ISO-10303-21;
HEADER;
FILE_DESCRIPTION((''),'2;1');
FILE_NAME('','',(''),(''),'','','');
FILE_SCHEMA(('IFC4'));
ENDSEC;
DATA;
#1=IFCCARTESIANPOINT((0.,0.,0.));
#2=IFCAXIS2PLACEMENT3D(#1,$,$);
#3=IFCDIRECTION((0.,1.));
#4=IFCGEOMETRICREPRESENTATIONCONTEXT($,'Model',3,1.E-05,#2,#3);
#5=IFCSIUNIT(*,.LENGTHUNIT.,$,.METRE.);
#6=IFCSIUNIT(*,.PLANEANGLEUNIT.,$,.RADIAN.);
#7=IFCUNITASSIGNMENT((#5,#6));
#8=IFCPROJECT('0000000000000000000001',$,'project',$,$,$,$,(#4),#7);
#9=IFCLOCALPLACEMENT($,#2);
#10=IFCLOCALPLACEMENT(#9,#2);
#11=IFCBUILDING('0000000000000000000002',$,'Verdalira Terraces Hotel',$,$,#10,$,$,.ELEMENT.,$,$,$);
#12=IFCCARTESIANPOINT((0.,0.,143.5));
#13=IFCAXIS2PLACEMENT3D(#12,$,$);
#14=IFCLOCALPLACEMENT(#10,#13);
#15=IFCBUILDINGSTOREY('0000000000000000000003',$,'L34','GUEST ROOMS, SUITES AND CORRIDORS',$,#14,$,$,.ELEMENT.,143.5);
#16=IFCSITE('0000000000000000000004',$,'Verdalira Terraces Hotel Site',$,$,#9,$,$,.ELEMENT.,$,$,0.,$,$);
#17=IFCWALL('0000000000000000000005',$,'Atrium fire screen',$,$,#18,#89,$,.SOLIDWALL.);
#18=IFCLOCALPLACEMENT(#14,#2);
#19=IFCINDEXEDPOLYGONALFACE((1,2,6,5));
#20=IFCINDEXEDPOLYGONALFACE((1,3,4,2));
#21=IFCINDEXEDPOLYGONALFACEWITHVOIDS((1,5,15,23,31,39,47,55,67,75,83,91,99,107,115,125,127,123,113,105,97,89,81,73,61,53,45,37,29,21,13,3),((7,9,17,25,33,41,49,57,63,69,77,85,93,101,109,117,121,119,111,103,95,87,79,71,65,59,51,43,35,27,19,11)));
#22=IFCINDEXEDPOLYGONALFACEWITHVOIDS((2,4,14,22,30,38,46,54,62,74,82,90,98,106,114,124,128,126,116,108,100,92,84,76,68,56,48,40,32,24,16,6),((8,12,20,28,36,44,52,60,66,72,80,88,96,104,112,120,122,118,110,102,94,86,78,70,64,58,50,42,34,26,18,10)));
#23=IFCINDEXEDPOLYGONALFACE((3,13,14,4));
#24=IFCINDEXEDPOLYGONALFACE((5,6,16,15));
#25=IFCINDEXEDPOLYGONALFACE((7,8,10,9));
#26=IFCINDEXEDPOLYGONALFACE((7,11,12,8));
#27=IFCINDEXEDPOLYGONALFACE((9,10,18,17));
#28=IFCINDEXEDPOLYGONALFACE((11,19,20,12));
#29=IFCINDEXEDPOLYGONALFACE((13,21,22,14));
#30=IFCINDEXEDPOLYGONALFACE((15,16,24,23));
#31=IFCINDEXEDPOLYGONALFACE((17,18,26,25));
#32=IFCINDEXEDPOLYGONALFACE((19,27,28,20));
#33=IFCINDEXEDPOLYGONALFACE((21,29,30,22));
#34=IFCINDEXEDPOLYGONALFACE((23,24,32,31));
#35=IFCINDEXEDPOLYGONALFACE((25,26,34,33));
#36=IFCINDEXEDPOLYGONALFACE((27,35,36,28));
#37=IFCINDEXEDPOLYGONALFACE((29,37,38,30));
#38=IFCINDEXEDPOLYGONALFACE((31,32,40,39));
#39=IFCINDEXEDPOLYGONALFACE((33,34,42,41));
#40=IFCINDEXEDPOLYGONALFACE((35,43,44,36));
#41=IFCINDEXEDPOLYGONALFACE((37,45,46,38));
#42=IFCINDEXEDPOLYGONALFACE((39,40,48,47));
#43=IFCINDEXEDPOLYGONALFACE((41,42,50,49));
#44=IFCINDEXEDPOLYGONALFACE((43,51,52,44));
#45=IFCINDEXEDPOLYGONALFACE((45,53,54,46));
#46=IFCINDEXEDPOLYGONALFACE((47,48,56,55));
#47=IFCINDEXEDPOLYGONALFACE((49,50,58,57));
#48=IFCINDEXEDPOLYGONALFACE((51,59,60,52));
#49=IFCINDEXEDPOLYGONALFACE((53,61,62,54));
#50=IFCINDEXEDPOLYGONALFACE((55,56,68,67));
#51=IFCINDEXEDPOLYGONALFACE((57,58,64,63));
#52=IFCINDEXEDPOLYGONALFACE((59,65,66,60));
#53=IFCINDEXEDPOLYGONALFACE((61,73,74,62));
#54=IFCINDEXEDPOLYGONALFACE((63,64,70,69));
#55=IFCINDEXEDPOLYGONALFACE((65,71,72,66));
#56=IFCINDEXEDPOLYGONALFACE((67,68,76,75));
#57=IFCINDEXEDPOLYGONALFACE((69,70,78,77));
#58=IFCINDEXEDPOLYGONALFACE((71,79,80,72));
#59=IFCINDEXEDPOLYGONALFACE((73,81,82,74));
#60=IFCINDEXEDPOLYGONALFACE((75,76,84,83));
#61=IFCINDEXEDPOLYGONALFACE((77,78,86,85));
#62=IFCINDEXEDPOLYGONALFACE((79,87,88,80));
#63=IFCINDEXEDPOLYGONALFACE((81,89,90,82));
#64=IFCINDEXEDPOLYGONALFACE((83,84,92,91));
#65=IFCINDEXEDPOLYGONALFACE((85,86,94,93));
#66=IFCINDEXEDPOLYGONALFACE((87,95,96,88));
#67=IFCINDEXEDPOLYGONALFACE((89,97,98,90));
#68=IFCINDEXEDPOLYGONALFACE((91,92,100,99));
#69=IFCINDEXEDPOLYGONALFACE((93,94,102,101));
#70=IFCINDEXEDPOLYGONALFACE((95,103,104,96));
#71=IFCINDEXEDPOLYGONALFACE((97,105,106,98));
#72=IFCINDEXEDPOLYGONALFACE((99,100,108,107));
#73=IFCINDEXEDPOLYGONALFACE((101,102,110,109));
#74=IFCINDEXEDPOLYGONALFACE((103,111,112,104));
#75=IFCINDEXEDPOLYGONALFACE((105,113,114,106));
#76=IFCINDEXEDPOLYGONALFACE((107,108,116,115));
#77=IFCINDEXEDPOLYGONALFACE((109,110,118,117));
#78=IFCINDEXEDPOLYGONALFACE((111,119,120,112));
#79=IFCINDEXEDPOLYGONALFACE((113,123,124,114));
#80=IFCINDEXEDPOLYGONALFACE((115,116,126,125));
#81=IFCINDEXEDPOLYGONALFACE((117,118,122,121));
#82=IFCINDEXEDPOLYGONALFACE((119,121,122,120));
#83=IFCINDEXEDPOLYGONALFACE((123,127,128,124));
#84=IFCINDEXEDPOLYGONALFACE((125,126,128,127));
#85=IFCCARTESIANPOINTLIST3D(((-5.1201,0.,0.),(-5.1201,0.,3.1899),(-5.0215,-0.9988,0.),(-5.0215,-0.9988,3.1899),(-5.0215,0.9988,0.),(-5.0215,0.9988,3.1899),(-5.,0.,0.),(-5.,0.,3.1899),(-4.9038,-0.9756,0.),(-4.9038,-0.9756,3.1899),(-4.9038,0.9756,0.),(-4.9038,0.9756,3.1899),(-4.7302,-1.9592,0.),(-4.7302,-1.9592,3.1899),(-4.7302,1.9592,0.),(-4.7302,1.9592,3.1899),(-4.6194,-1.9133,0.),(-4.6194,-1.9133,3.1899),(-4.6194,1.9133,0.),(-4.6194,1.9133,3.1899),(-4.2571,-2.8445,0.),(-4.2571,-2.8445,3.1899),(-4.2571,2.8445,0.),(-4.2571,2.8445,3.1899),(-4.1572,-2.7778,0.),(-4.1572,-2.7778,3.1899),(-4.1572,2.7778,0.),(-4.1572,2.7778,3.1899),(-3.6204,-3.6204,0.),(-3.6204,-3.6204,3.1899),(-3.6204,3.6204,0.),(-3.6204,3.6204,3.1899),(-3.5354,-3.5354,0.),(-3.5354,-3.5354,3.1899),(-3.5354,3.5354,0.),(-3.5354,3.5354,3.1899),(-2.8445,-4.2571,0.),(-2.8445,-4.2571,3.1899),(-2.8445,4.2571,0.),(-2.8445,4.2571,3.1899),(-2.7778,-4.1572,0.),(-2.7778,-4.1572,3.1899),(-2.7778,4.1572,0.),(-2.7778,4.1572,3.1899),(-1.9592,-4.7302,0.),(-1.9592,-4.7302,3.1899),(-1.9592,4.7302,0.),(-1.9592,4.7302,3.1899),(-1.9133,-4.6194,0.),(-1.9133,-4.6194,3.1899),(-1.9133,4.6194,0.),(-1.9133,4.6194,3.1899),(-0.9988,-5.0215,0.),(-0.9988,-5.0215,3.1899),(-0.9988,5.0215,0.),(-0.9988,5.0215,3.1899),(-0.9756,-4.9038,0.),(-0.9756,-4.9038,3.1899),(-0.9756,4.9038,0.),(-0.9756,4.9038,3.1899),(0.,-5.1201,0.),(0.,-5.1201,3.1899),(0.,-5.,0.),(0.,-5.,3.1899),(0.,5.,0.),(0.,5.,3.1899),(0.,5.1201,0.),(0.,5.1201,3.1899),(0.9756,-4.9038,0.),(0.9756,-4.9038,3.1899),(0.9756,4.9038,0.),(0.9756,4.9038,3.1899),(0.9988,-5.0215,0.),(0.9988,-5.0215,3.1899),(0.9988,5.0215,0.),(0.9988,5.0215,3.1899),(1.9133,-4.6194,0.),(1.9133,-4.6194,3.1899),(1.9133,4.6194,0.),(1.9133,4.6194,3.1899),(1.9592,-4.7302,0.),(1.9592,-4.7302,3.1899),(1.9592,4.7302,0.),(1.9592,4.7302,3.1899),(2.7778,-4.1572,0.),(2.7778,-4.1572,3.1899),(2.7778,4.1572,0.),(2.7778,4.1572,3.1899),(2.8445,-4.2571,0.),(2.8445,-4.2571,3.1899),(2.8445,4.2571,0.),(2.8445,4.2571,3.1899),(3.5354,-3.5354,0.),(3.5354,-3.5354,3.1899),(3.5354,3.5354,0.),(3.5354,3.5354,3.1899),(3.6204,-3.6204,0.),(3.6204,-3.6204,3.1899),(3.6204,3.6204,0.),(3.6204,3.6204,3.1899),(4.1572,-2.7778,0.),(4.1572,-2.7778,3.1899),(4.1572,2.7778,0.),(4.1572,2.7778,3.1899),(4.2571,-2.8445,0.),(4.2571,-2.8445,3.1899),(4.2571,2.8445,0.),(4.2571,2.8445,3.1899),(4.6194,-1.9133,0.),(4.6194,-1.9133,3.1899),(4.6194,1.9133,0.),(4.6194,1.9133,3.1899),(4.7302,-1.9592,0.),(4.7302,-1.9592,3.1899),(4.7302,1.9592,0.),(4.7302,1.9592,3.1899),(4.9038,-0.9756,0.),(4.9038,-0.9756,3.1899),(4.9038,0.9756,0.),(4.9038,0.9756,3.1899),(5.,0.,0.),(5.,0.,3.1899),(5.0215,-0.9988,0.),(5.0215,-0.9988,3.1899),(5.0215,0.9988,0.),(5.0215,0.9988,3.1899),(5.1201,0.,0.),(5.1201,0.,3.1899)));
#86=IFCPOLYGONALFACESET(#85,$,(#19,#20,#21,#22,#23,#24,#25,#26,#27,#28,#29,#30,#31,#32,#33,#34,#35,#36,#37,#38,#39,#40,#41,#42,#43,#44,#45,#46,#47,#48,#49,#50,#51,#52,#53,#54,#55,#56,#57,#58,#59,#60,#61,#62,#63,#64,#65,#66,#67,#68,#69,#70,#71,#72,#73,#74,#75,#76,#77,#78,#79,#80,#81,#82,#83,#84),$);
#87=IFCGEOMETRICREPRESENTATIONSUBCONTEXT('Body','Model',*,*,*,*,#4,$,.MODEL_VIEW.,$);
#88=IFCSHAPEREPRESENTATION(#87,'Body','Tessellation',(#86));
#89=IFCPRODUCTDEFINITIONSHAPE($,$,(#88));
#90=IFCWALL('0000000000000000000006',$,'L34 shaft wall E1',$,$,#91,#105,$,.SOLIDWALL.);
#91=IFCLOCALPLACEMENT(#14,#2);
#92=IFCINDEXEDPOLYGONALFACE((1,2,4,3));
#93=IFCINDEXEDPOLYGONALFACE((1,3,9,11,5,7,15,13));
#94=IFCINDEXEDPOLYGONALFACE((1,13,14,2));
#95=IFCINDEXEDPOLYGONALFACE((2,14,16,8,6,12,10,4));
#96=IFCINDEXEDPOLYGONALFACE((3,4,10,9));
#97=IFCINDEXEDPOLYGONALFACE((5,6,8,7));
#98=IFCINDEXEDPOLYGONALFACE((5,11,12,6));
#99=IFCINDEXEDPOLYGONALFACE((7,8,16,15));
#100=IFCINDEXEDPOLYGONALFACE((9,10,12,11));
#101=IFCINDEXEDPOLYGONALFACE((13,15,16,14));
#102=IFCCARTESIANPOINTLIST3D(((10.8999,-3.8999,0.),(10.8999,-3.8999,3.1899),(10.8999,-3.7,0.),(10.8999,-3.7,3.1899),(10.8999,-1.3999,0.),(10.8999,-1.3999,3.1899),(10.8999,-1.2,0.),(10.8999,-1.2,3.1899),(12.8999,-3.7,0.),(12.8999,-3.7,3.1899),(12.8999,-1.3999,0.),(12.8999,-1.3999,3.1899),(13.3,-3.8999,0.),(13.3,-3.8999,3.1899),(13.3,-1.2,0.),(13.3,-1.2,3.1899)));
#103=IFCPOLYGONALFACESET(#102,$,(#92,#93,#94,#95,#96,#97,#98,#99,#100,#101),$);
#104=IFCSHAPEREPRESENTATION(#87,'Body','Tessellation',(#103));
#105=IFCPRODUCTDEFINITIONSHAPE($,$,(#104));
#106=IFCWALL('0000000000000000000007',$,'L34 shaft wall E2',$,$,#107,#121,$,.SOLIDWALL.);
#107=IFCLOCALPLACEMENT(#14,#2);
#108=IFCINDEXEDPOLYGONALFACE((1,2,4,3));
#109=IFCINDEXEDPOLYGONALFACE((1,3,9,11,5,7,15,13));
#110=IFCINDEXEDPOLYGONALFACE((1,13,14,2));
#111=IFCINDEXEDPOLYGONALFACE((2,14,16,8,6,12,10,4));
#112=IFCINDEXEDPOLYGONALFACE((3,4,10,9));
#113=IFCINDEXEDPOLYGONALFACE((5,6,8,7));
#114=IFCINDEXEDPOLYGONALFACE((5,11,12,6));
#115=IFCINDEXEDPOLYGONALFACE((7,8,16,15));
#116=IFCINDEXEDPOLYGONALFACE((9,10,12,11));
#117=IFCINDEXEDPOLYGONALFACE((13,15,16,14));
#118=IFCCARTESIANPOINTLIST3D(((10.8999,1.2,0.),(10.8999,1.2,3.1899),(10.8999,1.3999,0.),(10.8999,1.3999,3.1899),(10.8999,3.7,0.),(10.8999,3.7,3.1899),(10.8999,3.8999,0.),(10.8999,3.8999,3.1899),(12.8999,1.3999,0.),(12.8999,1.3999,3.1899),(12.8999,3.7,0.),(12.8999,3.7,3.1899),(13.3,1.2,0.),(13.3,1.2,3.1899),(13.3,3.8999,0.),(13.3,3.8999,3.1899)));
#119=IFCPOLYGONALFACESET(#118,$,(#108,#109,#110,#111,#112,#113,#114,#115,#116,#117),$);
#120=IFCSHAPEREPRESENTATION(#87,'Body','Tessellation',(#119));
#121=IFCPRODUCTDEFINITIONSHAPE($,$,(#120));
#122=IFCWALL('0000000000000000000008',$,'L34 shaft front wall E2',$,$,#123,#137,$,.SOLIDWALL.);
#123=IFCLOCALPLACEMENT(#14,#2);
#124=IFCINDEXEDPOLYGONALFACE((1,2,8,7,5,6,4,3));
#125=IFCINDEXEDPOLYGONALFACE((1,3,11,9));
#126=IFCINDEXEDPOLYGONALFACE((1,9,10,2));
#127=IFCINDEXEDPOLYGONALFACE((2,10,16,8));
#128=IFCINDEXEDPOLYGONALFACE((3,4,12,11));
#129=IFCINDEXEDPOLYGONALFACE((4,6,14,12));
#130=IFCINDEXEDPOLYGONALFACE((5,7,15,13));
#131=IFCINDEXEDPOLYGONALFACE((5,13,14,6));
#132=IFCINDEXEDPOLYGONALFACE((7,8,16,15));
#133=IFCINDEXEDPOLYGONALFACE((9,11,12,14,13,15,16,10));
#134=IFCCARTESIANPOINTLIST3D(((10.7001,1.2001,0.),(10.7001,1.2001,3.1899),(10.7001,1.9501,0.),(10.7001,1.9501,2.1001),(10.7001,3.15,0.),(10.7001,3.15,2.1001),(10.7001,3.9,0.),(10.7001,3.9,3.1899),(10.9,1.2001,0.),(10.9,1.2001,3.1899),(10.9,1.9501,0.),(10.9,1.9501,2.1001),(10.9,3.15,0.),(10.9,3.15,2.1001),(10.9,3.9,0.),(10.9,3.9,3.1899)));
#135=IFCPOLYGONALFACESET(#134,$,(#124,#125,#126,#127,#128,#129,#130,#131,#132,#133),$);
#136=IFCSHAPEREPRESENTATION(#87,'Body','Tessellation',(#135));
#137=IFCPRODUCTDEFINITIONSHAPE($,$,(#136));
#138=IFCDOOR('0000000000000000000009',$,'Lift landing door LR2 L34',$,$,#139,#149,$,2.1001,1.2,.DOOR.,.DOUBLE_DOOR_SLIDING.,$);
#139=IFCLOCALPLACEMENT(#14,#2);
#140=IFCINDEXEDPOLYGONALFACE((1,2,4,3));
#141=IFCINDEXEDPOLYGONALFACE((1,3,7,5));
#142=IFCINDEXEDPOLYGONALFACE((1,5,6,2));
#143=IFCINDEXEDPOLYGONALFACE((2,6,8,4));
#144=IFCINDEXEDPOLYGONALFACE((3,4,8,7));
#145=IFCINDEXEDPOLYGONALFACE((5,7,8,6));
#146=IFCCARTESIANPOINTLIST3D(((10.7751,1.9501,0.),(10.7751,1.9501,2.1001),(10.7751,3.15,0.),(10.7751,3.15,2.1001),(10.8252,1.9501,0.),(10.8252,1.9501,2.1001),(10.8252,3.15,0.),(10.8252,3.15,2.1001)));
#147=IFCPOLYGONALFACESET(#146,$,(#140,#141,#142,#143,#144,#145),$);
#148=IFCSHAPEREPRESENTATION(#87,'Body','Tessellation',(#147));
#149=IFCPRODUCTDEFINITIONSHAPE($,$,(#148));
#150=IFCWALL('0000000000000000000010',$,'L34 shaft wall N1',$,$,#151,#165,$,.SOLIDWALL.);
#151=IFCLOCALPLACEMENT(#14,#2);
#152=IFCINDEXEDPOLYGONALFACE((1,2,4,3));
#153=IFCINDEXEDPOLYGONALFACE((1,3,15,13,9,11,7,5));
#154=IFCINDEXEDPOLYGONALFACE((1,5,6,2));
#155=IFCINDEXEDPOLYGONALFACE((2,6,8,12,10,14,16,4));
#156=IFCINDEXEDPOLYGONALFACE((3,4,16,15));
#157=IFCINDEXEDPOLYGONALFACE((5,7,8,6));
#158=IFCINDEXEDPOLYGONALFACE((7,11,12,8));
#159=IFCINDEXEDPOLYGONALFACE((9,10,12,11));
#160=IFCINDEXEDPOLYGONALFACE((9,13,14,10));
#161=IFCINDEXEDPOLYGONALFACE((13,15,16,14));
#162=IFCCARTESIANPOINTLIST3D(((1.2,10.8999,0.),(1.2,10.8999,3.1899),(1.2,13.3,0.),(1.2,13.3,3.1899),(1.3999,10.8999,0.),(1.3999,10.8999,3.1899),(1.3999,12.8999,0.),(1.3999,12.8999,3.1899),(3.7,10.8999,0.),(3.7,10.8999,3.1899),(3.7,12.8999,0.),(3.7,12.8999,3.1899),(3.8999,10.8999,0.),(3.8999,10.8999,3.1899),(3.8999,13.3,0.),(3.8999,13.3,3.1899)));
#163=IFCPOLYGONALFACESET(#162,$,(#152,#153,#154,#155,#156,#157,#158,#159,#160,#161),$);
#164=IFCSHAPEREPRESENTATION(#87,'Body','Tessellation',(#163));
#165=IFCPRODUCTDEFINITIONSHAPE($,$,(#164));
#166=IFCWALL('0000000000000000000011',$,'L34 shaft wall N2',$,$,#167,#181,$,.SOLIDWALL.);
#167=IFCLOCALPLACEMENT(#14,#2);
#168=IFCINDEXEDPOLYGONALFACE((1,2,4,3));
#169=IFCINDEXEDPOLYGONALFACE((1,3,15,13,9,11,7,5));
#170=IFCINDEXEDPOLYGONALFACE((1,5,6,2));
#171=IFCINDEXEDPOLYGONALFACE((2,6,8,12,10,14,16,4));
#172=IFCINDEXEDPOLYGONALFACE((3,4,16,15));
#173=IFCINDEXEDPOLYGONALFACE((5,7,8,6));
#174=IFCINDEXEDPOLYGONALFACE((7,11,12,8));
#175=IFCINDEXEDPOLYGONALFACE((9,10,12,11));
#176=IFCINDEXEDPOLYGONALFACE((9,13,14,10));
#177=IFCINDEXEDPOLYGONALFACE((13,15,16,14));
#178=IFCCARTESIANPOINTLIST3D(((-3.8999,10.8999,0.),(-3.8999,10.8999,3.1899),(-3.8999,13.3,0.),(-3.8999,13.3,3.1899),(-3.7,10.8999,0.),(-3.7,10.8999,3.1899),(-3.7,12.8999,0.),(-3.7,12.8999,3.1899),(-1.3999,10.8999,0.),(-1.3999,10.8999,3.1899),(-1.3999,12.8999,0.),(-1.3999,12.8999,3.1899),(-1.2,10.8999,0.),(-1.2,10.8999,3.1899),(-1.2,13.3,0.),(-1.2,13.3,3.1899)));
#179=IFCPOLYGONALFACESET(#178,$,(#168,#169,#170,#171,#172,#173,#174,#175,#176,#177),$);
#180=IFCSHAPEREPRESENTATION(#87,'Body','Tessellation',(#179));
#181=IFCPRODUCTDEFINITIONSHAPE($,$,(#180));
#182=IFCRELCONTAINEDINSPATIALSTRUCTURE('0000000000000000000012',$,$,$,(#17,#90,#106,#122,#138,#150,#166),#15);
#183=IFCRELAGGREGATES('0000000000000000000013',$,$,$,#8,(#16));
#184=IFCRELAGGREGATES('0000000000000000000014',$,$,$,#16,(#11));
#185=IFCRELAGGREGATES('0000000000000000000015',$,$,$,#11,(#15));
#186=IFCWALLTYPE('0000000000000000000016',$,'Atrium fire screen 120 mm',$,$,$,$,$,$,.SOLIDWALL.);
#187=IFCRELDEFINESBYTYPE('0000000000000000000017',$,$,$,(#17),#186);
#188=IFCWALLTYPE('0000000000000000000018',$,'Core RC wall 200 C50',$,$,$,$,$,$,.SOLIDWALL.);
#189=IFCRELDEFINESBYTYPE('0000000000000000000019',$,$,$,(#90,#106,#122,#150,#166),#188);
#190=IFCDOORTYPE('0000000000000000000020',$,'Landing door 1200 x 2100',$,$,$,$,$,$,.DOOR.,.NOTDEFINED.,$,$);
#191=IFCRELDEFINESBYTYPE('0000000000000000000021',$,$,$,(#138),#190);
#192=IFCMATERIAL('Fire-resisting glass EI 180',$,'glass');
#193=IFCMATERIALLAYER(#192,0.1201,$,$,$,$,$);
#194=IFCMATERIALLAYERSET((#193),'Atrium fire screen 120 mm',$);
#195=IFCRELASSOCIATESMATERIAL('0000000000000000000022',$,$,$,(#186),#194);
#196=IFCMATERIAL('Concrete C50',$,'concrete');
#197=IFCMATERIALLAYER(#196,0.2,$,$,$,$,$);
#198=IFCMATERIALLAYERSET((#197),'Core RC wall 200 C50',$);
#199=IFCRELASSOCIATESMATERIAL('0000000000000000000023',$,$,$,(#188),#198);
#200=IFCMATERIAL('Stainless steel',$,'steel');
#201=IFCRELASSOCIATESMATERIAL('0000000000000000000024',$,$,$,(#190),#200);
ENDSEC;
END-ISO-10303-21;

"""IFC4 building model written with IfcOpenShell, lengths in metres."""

from ifc_helpers import new_model, si_unit, direction, frame, frame_2d, origin, place, context, subcontext, project, spatial, polyline, rectangle, outline, extrude, material, layer, layer_set, type_object, element, fill, save


model = new_model("IFC4")

# Units and contexts
model_context = context("Model", 3, precision=1e-05, world=origin(), true_north=direction((0.0, 1.0)))
body_context = subcontext(model_context, "Body", "Model", "MODEL_VIEW")
ifc_project = project(units=[si_unit("LENGTHUNIT", "METRE"), si_unit("PLANEANGLEUNIT", "RADIAN")], contexts=[model_context])

# Site, building, storey
site_placement = place(None, origin())
site = spatial("IfcSite", under=ifc_project, at=site_placement, Name="Verdalira Terraces Hotel Site", CompositionType="ELEMENT", RefElevation=0.0)
building_placement = place(site_placement, origin())
building = spatial("IfcBuilding", under=site, at=building_placement, Name="Verdalira Terraces Hotel", CompositionType="ELEMENT")
storey_placement = place(building_placement, frame((0.0, 0.0, 143.5)))
storey = spatial("IfcBuildingStorey", under=building, at=storey_placement, Name="L34", Description="GUEST ROOMS, SUITES AND CORRIDORS", CompositionType="ELEMENT", Elevation=143.5)

# Walls
ifc_material_1 = material(Name="Fire-resisting glass EI 180", Category="glass")
ifc_layer_1 = layer(ifc_material_1, 0.1201)
ifc_layer_set_1 = layer_set([ifc_layer_1], Name="Atrium fire screen 120 mm")
wall_type_1 = type_object("IfcWallType", Name="Atrium fire screen 120 mm", PredefinedType="SOLIDWALL", material=ifc_layer_set_1)
wall_1_placement = place(storey_placement, origin())
element("IfcWall", 1, at=wall_1_placement, inside=storey, type_object=wall_type_1, Name="Atrium fire screen", PredefinedType="SOLIDWALL", context=body_context, shape_type="SweptSolid", body=[
    extrude(outline(polyline([(5.0215, -0.9988), (4.7302, -1.9592), (4.2571, -2.8445), (3.6204, -3.6204), (2.8445, -4.2571), (1.9592, -4.7302), (0.9988, -5.0215), (0.0, -5.1201), (-0.9988, -5.0215), (-1.9592, -4.7302), (-2.8445, -4.2571), (-3.6204, -3.6204), (-4.2571, -2.8445), (-4.7302, -1.9592), (-5.0215, -0.9988), (-5.1201, 0.0), (-5.0215, 0.9988), (-4.7302, 1.9592), (-4.2571, 2.8445), (-3.6204, 3.6204), (-2.8445, 4.2571), (-1.9592, 4.7302), (-0.9988, 5.0215), (0.0, 5.1201), (0.9988, 5.0215), (1.9592, 4.7302), (2.8445, 4.2571), (3.6204, 3.6204), (4.2571, 2.8445), (4.7302, 1.9592), (5.0215, 0.9988), (5.1201, 0.0), (5.0215, -0.9988)]), holes=[polyline([(4.9038, 0.9756), (4.6194, 1.9133), (4.1572, 2.7778), (3.5354, 3.5354), (2.7778, 4.1572), (1.9133, 4.6194), (0.9756, 4.9038), (0.0, 5.0), (-0.9756, 4.9038), (-1.9133, 4.6194), (-2.7778, 4.1572), (-3.5354, 3.5354), (-4.1572, 2.7778), (-4.6194, 1.9133), (-4.9038, 0.9756), (-5.0, 0.0), (-4.9038, -0.9756), (-4.6194, -1.9133), (-4.1572, -2.7778), (-3.5354, -3.5354), (-2.7778, -4.1572), (-1.9133, -4.6194), (-0.9756, -4.9038), (0.0, -5.0), (0.9756, -4.9038), (1.9133, -4.6194), (2.7778, -4.1572), (3.5354, -3.5354), (4.1572, -2.7778), (4.6194, -1.9133), (4.9038, -0.9756), (5.0, 0.0), (4.9038, 0.9756)])]), origin(), (0.0, 0.0, 1.0), 3.1899),
])
ifc_material_2 = material(Name="Concrete C50", Category="concrete")
ifc_layer_2 = layer(ifc_material_2, 0.2)
ifc_layer_set_2 = layer_set([ifc_layer_2], Name="Core RC wall 200 C50")
wall_type_2 = type_object("IfcWallType", Name="Core RC wall 200 C50", PredefinedType="SOLIDWALL", material=ifc_layer_set_2)
wall_2_placement = place(storey_placement, origin())
element("IfcWall", 2, at=wall_2_placement, inside=storey, type_object=wall_type_2, Name="L34 shaft wall E1", PredefinedType="SOLIDWALL", context=body_context, shape_type="SweptSolid", body=[
    extrude(outline(polyline([(13.3, -3.8999), (10.8999, -3.8999), (10.8999, -3.7), (12.8999, -3.7), (12.8999, -1.3999), (10.8999, -1.3999), (10.8999, -1.2), (13.3, -1.2), (13.3, -3.8999)])), origin(), (0.0, 0.0, 1.0), 3.1899),
])
wall_3_placement = place(storey_placement, origin())
element("IfcWall", 3, at=wall_3_placement, inside=storey, type_object=wall_type_2, Name="L34 shaft wall E2", PredefinedType="SOLIDWALL", context=body_context, shape_type="SweptSolid", body=[
    extrude(outline(polyline([(13.3, 3.8999), (13.3, 1.2), (10.8999, 1.2), (10.8999, 1.3999), (12.8999, 1.3999), (12.8999, 3.7), (10.8999, 3.7), (10.8999, 3.8999), (13.3, 3.8999)])), origin(), (0.0, 0.0, 1.0), 3.1899),
])

# Wall, opening, door
wall_4_placement = place(storey_placement, frame((10.8, 1.2, 0.0), z_axis=(0.0, 0.0, 1.0), x_axis=(0.0, 1.0, 0.0)))
wall_4 = element("IfcWall", 4, at=wall_4_placement, inside=storey, type_object=wall_type_2, Name="L34 shaft front wall E2", PredefinedType="SOLIDWALL", context=body_context, shape_type="SweptSolid", body=[
    extrude(rectangle(XDim=2.7, YDim=0.2, at=frame_2d((1.3501, 0.0))), origin(), (0.0, 0.0, 1.0), 3.1899),
])
opening_1_placement = place(wall_4_placement, frame((0.75, 0.0, 0.0)))
opening_1 = element("IfcOpeningElement", 5, at=opening_1_placement, cuts=wall_4, PredefinedType="OPENING", context=body_context, shape_type="SweptSolid", body=[
    extrude(rectangle(XDim=1.2, YDim=2.1001, at=frame_2d((0.6001, 1.05))), frame((0.0, 0.1099, 0.0), z_axis=(0.0, -1.0, 0.0), x_axis=(1.0, 0.0, 0.0)), (0.0, 0.0, 1.0), 0.22),
])
ifc_material_3 = material(Name="Stainless steel", Category="steel")
door_type_1 = type_object("IfcDoorType", Name="Landing door 1200 x 2100", OperationType="NOTDEFINED", PredefinedType="DOOR", material=ifc_material_3)
door_1_placement = place(opening_1_placement, origin())
door_1 = element("IfcDoor", 6, at=door_1_placement, inside=storey, type_object=door_type_1, Name="Lift landing door LR2 L34", OperationType="DOUBLE_DOOR_SLIDING", OverallHeight=2.1001, OverallWidth=1.2, PredefinedType="DOOR", context=body_context, shape_type="SweptSolid", body=[
    extrude(rectangle(XDim=1.2, YDim=2.1001, at=frame_2d((0.6001, 1.05))), frame((0.0, 0.0249, 0.0), z_axis=(0.0, -1.0, 0.0), x_axis=(1.0, 0.0, 0.0)), (0.0, 0.0, 1.0), 0.05),
])
fill(opening_1, door_1)

# Walls
wall_5_placement = place(storey_placement, origin())
element("IfcWall", 7, at=wall_5_placement, inside=storey, type_object=wall_type_2, Name="L34 shaft wall N1", PredefinedType="SOLIDWALL", context=body_context, shape_type="SweptSolid", body=[
    extrude(outline(polyline([(3.8999, 13.3), (3.8999, 10.8999), (3.7, 10.8999), (3.7, 12.8999), (1.3999, 12.8999), (1.3999, 10.8999), (1.2, 10.8999), (1.2, 13.3), (3.8999, 13.3)])), origin(), (0.0, 0.0, 1.0), 3.1899),
])
wall_6_placement = place(storey_placement, origin())
element("IfcWall", 8, at=wall_6_placement, inside=storey, type_object=wall_type_2, Name="L34 shaft wall N2", PredefinedType="SOLIDWALL", context=body_context, shape_type="SweptSolid", body=[
    extrude(outline(polyline([(-3.8999, 10.8999), (-3.8999, 13.3), (-1.2, 13.3), (-1.2, 10.8999), (-1.3999, 10.8999), (-1.3999, 12.8999), (-3.7, 12.8999), (-3.7, 10.8999), (-3.8999, 10.8999)])), origin(), (0.0, 0.0, 1.0), 3.1899),
])

save(model, "model.ifc")
